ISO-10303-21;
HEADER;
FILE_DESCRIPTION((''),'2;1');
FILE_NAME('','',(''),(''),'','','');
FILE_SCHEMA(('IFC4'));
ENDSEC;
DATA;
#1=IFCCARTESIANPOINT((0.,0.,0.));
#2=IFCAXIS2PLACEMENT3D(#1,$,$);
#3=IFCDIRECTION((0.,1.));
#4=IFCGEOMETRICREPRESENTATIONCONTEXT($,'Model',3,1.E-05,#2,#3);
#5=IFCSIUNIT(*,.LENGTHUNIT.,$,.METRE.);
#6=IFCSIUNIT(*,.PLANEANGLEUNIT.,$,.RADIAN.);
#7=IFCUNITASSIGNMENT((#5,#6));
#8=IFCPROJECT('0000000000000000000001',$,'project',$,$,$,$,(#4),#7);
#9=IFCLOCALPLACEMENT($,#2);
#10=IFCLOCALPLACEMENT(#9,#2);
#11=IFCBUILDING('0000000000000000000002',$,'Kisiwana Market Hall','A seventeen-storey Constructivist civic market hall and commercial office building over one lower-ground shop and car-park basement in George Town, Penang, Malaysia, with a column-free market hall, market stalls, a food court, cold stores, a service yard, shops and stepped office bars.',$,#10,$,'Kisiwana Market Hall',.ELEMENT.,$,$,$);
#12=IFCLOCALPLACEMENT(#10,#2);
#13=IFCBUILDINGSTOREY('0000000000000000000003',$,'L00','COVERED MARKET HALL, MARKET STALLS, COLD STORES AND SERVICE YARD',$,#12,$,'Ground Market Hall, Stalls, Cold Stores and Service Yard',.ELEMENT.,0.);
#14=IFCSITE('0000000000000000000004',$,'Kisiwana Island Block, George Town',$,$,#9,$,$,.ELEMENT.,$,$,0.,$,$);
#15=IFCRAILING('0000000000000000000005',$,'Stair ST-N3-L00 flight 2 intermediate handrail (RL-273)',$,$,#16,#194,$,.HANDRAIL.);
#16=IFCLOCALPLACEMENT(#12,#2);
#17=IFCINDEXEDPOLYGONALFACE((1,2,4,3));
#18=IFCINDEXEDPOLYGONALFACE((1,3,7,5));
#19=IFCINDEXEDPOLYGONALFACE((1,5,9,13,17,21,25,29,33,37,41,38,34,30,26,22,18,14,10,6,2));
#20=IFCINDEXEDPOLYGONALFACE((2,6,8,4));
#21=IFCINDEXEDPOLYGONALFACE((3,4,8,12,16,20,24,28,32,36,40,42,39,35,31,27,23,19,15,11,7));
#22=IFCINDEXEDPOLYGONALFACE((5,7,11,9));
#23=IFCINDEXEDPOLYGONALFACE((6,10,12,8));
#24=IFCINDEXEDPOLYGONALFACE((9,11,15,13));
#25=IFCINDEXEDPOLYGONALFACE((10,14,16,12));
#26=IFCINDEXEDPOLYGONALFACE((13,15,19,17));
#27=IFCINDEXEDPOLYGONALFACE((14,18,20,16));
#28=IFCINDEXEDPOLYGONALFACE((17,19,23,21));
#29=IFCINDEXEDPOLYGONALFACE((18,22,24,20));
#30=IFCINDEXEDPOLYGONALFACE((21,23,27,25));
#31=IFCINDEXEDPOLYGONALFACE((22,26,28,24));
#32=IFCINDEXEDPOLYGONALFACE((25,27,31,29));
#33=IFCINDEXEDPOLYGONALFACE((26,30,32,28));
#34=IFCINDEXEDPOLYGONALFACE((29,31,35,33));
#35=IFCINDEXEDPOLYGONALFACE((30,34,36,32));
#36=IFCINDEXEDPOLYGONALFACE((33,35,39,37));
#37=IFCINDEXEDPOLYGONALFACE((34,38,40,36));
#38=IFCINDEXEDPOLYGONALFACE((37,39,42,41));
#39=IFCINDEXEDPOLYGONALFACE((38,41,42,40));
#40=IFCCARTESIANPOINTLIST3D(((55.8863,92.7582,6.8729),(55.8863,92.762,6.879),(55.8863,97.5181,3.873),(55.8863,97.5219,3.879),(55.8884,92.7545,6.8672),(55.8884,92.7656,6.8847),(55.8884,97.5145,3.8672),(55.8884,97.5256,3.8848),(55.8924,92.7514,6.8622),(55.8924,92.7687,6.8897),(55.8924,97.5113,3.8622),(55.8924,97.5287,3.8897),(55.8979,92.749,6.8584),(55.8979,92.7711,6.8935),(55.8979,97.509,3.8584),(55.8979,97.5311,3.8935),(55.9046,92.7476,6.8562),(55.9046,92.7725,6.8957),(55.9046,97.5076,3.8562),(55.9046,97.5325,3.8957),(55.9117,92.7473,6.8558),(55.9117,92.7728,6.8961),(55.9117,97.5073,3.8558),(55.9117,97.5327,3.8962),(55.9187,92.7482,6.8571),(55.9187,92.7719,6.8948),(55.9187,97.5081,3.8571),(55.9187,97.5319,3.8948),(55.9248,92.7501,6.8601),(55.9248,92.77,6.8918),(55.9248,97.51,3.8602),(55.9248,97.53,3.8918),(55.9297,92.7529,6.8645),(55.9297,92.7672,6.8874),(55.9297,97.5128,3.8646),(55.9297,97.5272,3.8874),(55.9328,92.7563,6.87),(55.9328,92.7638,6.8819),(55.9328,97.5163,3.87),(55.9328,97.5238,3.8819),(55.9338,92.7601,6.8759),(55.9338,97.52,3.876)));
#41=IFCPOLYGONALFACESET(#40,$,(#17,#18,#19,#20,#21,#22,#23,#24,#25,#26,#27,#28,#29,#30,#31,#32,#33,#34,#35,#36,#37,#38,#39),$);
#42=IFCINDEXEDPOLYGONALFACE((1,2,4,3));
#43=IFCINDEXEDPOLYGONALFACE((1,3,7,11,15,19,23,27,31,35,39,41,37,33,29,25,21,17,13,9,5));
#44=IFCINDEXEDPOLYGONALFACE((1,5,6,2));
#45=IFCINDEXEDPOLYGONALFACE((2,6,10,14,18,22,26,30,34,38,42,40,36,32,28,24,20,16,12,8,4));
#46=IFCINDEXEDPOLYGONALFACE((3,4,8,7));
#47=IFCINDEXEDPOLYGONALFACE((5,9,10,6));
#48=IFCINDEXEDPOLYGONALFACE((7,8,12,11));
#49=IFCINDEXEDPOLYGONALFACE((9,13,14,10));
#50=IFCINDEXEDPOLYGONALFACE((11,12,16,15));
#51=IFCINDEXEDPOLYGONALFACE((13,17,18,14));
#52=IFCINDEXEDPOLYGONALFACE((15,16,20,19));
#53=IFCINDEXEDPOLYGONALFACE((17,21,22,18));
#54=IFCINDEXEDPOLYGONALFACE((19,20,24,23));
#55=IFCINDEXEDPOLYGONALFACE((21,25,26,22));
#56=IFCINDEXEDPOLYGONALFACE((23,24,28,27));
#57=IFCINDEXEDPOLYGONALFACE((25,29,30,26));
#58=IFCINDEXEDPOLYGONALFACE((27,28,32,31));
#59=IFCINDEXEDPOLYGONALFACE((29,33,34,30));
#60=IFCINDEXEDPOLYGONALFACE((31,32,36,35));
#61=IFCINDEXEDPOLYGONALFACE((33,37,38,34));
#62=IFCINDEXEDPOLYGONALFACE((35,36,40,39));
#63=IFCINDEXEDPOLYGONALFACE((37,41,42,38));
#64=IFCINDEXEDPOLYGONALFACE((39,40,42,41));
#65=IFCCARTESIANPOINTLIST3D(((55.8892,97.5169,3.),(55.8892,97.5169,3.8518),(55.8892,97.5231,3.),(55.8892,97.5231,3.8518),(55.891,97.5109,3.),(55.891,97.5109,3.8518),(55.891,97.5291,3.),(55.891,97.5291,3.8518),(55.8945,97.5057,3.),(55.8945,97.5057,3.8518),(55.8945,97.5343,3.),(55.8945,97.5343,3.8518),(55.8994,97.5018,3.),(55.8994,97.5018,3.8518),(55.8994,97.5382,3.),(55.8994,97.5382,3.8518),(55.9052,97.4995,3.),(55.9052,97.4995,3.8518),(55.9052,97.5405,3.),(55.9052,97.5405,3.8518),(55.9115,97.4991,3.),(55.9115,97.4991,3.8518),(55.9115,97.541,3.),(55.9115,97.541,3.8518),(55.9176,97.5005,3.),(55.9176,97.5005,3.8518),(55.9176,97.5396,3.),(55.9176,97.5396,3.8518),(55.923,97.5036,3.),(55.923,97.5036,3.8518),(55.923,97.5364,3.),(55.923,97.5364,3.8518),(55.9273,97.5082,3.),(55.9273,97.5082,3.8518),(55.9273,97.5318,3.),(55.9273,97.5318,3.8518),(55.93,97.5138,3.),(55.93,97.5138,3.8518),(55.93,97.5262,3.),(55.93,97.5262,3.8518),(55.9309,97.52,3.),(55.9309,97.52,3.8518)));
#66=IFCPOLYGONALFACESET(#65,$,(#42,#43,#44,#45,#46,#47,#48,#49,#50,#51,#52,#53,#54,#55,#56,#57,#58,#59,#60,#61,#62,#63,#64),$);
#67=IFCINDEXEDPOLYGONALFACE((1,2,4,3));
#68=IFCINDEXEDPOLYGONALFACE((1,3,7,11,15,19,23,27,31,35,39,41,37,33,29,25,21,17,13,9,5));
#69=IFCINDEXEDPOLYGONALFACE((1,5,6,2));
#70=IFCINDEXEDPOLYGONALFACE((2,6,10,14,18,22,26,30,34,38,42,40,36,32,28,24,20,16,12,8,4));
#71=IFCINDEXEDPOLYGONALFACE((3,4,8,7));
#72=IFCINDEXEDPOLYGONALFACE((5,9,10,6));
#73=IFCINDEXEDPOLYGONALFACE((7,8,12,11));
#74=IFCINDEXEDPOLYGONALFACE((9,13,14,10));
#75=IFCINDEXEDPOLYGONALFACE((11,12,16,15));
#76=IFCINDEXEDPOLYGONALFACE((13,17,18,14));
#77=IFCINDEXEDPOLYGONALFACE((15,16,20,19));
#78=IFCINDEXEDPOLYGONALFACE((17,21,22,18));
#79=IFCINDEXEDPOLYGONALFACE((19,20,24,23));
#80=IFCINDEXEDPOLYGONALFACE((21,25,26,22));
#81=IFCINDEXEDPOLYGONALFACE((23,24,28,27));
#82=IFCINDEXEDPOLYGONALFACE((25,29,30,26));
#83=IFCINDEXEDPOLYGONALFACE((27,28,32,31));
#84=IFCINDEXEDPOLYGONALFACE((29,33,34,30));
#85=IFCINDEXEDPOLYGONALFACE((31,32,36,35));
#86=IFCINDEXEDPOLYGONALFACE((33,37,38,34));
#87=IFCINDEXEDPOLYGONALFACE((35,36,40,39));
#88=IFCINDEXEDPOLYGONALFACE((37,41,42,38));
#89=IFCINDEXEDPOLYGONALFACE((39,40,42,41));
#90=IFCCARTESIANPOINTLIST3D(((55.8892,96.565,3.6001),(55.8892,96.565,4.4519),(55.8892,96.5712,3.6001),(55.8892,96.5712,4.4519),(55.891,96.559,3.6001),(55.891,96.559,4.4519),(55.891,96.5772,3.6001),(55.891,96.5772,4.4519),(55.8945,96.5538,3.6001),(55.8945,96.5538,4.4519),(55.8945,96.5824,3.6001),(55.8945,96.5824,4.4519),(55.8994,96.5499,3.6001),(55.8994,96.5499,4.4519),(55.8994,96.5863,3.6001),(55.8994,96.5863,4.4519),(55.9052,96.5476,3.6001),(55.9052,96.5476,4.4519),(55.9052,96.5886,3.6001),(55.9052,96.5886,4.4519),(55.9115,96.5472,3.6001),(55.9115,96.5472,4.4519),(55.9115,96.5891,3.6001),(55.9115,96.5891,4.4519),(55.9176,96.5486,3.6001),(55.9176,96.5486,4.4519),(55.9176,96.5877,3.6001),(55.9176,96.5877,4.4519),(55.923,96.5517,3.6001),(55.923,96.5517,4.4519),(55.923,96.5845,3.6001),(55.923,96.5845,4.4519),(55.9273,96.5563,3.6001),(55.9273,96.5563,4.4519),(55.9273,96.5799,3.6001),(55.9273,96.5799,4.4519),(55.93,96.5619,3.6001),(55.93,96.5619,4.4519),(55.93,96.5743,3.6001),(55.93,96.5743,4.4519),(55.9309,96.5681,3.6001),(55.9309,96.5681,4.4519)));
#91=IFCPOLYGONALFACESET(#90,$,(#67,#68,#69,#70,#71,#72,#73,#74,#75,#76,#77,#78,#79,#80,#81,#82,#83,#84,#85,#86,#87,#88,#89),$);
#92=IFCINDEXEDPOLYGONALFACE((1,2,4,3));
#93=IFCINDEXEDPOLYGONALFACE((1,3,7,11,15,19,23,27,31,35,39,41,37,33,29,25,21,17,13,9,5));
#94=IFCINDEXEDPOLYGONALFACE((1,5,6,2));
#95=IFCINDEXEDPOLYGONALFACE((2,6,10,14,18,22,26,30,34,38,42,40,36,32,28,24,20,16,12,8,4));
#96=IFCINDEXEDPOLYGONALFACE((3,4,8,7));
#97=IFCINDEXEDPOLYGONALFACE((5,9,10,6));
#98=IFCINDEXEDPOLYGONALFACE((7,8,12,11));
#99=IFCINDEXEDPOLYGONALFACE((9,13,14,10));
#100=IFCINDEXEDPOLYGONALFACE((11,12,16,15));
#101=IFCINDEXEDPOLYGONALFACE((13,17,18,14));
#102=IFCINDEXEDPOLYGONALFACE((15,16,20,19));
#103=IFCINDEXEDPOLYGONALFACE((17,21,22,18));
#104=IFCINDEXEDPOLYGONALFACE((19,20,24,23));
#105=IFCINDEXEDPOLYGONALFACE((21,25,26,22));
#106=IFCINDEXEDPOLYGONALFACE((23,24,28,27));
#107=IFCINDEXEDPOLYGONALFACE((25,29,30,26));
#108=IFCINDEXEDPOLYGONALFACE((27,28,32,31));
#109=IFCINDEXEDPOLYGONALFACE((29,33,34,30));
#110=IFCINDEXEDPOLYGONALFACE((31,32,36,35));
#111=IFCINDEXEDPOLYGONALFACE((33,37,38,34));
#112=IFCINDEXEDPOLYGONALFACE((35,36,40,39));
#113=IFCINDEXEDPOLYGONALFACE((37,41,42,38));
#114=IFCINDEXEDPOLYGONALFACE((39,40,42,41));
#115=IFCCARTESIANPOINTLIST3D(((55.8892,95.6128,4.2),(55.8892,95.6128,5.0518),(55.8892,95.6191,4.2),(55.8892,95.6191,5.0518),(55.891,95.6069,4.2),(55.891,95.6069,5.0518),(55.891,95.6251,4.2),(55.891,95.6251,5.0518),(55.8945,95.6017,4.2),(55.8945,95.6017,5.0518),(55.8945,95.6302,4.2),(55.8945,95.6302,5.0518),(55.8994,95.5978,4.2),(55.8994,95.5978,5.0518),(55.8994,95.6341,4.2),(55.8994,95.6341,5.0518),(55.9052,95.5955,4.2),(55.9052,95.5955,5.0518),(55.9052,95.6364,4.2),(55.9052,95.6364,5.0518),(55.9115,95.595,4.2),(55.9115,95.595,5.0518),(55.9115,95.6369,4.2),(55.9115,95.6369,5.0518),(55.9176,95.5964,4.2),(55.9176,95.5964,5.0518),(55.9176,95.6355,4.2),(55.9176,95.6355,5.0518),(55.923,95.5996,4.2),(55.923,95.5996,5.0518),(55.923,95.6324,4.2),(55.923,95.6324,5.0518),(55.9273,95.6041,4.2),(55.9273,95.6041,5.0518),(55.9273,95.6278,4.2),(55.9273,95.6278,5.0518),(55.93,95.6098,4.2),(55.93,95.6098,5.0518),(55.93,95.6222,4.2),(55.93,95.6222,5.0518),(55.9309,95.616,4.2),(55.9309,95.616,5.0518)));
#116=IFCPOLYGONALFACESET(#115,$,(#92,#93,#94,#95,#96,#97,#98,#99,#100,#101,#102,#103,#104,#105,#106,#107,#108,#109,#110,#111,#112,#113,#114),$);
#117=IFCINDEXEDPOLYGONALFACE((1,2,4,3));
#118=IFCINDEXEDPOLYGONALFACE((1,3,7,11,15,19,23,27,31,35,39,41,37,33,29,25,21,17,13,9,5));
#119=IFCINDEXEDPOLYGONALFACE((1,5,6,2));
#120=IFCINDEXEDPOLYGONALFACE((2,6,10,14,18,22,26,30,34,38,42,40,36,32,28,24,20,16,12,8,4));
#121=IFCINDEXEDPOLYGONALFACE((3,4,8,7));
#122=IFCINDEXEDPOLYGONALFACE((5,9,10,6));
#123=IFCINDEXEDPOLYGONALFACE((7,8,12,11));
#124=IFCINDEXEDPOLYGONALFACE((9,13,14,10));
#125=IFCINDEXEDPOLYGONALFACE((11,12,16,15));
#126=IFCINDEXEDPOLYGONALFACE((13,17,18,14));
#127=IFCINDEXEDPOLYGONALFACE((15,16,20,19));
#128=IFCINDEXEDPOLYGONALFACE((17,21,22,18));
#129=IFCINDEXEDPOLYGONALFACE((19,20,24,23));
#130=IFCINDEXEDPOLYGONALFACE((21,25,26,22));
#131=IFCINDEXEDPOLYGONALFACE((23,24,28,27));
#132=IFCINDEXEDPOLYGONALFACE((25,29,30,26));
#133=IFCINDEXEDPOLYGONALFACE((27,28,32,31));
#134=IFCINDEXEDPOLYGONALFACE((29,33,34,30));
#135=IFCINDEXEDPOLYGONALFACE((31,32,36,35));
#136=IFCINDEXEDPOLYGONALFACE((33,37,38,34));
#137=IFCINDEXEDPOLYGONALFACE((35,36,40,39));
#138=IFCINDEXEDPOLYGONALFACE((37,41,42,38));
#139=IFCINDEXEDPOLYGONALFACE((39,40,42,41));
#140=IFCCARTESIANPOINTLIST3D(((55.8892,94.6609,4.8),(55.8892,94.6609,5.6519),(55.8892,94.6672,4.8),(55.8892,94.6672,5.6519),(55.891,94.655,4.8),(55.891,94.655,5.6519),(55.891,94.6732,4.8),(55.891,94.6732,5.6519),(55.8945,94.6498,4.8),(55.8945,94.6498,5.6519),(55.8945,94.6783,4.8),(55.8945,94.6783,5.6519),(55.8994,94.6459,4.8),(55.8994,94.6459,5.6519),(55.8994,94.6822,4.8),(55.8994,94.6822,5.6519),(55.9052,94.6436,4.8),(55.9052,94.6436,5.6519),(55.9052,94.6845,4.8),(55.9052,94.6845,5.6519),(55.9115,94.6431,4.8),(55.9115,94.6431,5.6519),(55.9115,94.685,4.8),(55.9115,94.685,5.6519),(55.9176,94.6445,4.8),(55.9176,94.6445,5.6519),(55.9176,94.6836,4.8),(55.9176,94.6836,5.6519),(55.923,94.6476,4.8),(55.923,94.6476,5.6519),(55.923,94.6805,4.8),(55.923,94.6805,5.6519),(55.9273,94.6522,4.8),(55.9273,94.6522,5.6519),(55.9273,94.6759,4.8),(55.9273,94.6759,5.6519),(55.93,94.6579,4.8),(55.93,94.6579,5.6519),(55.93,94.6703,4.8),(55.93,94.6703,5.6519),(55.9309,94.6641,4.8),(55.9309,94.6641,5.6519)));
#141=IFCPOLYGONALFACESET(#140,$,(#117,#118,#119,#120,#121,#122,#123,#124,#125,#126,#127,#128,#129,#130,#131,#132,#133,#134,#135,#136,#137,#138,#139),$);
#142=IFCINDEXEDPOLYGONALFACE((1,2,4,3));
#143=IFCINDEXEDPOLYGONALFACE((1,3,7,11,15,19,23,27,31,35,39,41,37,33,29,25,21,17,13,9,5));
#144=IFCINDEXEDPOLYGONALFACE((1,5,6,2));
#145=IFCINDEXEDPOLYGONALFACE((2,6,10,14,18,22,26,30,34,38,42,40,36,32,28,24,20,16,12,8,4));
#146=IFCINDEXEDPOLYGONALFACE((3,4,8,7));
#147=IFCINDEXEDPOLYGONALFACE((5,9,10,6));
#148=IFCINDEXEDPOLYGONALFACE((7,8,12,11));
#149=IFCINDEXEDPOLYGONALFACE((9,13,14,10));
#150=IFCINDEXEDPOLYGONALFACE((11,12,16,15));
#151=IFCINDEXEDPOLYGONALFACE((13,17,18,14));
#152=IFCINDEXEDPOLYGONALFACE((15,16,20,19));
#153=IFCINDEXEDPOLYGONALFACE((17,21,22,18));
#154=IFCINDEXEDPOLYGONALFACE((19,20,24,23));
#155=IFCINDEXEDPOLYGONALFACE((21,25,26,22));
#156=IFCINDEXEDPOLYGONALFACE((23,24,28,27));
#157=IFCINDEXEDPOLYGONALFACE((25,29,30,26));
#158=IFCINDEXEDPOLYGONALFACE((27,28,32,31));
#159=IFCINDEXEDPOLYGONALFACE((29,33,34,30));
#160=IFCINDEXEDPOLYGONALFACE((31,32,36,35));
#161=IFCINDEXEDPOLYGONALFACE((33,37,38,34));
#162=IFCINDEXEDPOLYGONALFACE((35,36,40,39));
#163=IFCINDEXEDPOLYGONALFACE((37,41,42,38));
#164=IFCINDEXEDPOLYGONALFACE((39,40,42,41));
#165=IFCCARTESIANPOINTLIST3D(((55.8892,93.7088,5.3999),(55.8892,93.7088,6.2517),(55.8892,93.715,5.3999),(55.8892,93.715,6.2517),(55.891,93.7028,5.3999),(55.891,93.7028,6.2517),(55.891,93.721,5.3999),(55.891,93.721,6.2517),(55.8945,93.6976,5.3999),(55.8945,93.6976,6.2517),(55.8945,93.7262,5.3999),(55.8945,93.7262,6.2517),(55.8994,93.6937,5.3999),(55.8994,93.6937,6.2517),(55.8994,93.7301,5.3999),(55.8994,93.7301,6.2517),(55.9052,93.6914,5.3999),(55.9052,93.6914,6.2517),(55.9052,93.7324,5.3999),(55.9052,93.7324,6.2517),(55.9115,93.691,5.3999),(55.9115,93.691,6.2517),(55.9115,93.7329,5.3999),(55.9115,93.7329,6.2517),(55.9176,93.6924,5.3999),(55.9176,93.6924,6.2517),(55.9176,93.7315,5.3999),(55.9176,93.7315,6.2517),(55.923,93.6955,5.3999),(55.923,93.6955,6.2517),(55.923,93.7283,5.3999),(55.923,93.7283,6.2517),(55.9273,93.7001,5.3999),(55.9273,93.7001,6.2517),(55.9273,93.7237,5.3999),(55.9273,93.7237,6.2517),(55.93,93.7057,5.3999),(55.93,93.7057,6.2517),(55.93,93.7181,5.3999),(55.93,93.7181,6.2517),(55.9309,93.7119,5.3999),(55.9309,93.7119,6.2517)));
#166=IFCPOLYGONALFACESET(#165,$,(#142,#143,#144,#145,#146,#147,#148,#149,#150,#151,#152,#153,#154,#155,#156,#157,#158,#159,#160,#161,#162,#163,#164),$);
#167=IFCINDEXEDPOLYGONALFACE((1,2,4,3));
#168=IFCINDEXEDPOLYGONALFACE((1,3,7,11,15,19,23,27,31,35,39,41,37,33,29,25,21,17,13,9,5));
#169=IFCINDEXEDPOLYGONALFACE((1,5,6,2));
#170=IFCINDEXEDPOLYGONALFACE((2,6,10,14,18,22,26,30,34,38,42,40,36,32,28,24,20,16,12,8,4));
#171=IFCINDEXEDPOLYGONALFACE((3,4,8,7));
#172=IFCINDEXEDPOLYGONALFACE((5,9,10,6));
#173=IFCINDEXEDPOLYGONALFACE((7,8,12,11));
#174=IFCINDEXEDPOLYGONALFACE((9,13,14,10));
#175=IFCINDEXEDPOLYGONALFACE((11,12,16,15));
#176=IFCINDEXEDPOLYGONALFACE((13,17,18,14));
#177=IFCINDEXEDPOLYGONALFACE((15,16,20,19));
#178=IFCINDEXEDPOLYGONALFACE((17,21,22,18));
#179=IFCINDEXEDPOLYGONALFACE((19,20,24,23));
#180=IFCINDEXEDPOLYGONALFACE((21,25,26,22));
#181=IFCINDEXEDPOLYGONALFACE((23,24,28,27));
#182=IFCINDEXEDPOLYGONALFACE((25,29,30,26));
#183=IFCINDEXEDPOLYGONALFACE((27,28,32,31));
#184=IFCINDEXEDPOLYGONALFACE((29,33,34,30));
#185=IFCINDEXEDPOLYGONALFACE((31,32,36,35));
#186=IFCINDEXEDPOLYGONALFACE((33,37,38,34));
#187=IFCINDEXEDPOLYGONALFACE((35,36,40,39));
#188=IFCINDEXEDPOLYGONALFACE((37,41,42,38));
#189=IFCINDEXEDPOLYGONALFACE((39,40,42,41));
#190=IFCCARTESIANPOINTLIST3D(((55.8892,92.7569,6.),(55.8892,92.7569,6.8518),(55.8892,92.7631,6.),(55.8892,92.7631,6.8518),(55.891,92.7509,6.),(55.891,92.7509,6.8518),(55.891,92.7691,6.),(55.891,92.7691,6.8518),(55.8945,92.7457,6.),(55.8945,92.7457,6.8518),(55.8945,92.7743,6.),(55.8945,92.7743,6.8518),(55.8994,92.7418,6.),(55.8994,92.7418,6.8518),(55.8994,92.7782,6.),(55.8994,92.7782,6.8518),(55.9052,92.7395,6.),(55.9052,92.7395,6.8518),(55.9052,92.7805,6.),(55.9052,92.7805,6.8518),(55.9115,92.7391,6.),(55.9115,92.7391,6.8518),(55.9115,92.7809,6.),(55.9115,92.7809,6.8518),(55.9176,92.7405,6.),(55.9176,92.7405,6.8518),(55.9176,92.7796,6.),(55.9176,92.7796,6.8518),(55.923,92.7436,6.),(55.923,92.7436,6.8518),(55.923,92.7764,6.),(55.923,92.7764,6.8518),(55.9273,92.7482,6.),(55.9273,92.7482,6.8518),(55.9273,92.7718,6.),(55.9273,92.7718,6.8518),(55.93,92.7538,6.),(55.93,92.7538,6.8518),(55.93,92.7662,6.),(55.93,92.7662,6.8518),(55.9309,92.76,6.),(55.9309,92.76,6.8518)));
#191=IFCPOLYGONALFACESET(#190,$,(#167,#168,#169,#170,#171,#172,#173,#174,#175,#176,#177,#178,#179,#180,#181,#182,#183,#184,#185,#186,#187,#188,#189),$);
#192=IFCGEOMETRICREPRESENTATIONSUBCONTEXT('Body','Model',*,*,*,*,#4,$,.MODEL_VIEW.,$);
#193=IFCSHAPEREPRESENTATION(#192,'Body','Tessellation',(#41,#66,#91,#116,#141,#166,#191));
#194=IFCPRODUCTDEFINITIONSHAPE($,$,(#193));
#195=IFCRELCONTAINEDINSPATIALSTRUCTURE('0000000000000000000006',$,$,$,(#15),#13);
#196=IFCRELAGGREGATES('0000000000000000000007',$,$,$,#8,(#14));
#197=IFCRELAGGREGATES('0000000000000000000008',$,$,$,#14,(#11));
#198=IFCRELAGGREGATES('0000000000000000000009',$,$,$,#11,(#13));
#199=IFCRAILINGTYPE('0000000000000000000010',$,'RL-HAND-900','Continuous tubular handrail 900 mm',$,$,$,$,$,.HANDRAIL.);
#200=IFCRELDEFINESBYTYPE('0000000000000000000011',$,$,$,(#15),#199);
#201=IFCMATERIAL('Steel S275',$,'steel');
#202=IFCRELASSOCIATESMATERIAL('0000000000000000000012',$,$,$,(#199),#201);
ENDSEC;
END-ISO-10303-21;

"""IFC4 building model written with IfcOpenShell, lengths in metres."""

from ifc_helpers import new_model, si_unit, direction, frame, origin, origin_2d, place, context, subcontext, project, spatial, circle, extrude, material, type_object, element, save


model = new_model("IFC4")

# Units and contexts
model_context = context("Model", 3, precision=1e-05, world=origin(), true_north=direction((0.0, 1.0)))
body_context = subcontext(model_context, "Body", "Model", "MODEL_VIEW")
ifc_project = project(units=[si_unit("LENGTHUNIT", "METRE"), si_unit("PLANEANGLEUNIT", "RADIAN")], contexts=[model_context])

# Site, building, storey
site_placement = place(None, origin())
site = spatial("IfcSite", under=ifc_project, at=site_placement, Name="Kisiwana Island Block, George Town", CompositionType="ELEMENT", RefElevation=0.0)
building_placement = place(site_placement, origin())
building = spatial("IfcBuilding", under=site, at=building_placement, Name="Kisiwana Market Hall", Description="A seventeen-storey Constructivist civic market hall and commercial office building over one lower-ground shop and car-park basement in George Town, Penang, Malaysia, with a column-free market hall, market stalls, a food court, cold stores, a service yard, shops and stepped office bars.", LongName="Kisiwana Market Hall", CompositionType="ELEMENT")
storey_placement = place(building_placement, origin())
storey = spatial("IfcBuildingStorey", under=building, at=storey_placement, Name="L00", Description="COVERED MARKET HALL, MARKET STALLS, COLD STORES AND SERVICE YARD", LongName="Ground Market Hall, Stalls, Cold Stores and Service Yard", CompositionType="ELEMENT", Elevation=0.0)

# Railing
ifc_material_1 = material(Name="Steel S275", Category="steel")
railing_type_1 = type_object("IfcRailingType", Name="RL-HAND-900", Description="Continuous tubular handrail 900 mm", PredefinedType="HANDRAIL", material=ifc_material_1)
for number, where, name in (
    (1, (55.9099, 97.52, 3.0), "Stair ST-N3-L00 flight 2 intermediate handrail (RL-273)"),
):
    element("IfcRailing", number, at=place(storey_placement, frame(where)), inside=storey, type_object=railing_type_1, Name=name, PredefinedType="HANDRAIL", context=body_context, shape_type="SweptSolid", body=[
        extrude(circle(Radius=0.0239, at=origin_2d()), frame((0.0, 0.0, 0.876), z_axis=(0.0, -0.845996, 0.53319), x_axis=(1.0, 0.0, 0.0)), (0.0, 0.0, 1.0), 5.6265),
        extrude(circle(Radius=0.021, at=origin_2d()), origin(), (0.0, 0.0, 1.0), 0.8518),
        extrude(circle(Radius=0.021, at=origin_2d()), frame((0.0, -0.9519, 0.6001)), (0.0, 0.0, 1.0), 0.8518),
        extrude(circle(Radius=0.021, at=origin_2d()), frame((0.0, -1.9041, 1.2)), (0.0, 0.0, 1.0), 0.8518),
        extrude(circle(Radius=0.021, at=origin_2d()), frame((0.0, -2.856, 1.8)), (0.0, 0.0, 1.0), 0.8518),
        extrude(circle(Radius=0.021, at=origin_2d()), frame((0.0, -3.8081, 2.3999)), (0.0, 0.0, 1.0), 0.8518),
        extrude(circle(Radius=0.021, at=origin_2d()), frame((0.0, -4.76, 3.0)), (0.0, 0.0, 1.0), 0.8518),
    ])

save(model, "model.ifc")
